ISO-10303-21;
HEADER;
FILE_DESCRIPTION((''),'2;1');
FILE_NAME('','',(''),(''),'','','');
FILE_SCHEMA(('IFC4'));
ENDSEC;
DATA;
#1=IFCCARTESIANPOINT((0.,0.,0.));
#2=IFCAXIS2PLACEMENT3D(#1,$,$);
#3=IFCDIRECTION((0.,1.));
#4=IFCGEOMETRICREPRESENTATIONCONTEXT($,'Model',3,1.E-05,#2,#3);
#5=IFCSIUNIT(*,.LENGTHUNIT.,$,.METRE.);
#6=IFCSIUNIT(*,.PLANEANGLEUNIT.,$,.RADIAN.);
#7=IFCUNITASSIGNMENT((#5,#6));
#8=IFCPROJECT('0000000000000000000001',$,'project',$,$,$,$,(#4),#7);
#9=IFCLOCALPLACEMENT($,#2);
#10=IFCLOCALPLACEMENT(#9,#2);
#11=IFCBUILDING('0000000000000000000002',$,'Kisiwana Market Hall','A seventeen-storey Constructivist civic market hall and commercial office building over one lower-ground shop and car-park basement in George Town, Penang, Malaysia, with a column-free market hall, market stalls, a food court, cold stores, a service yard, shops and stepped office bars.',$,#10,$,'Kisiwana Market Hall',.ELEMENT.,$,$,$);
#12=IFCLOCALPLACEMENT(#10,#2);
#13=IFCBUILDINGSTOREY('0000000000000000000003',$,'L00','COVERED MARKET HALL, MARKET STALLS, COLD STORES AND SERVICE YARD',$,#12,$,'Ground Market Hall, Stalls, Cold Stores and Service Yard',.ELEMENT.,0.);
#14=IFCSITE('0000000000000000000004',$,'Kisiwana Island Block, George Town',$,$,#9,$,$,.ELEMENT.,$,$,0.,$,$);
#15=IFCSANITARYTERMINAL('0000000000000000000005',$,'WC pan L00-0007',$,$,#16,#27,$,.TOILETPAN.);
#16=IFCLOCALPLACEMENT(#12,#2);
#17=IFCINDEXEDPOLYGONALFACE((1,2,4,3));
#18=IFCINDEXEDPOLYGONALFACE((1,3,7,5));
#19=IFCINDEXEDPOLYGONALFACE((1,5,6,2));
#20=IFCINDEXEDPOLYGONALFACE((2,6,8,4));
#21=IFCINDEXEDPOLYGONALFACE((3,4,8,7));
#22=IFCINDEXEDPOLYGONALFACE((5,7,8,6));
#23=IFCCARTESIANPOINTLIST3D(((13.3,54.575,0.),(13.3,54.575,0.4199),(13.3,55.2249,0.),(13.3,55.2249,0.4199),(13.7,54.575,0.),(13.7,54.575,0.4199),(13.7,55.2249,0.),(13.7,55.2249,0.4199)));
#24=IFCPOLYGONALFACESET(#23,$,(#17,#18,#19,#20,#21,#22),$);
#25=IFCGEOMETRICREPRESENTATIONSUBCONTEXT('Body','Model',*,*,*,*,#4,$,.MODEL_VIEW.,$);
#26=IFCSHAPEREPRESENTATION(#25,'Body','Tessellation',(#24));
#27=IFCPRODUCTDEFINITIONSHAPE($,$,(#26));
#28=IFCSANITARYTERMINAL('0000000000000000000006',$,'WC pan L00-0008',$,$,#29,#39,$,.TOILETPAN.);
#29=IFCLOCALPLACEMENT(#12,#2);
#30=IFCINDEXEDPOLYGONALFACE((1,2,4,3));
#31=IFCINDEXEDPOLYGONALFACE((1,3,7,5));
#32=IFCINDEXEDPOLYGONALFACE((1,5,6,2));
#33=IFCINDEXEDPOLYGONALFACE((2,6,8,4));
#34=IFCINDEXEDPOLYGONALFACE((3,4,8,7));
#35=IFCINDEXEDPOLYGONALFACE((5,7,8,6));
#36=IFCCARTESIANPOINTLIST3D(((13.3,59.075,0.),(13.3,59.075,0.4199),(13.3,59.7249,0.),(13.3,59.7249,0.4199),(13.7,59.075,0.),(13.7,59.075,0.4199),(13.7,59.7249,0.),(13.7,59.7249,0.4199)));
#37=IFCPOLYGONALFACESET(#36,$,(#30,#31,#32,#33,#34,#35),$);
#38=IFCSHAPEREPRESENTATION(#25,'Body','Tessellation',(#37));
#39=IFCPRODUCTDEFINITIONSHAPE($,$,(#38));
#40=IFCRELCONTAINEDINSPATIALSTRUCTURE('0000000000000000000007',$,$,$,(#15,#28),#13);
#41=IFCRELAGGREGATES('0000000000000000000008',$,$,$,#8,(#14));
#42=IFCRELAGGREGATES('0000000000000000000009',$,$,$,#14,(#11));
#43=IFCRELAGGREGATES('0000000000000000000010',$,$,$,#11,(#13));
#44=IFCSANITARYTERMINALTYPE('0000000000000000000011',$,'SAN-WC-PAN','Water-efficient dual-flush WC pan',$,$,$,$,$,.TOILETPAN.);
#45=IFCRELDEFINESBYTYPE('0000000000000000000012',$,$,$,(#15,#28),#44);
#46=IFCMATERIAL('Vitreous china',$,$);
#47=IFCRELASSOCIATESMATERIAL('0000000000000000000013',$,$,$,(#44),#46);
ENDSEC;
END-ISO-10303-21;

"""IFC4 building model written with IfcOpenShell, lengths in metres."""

from ifc_helpers import new_model, si_unit, direction, frame, origin, origin_2d, place, context, subcontext, project, spatial, rectangle, extrude, material, type_object, element, save


model = new_model("IFC4")

# Units and contexts
model_context = context("Model", 3, precision=1e-05, world=origin(), true_north=direction((0.0, 1.0)))
body_context = subcontext(model_context, "Body", "Model", "MODEL_VIEW")
ifc_project = project(units=[si_unit("LENGTHUNIT", "METRE"), si_unit("PLANEANGLEUNIT", "RADIAN")], contexts=[model_context])

# Site, building, storey
site_placement = place(None, origin())
site = spatial("IfcSite", under=ifc_project, at=site_placement, Name="Kisiwana Island Block, George Town", CompositionType="ELEMENT", RefElevation=0.0)
building_placement = place(site_placement, origin())
building = spatial("IfcBuilding", under=site, at=building_placement, Name="Kisiwana Market Hall", Description="A seventeen-storey Constructivist civic market hall and commercial office building over one lower-ground shop and car-park basement in George Town, Penang, Malaysia, with a column-free market hall, market stalls, a food court, cold stores, a service yard, shops and stepped office bars.", LongName="Kisiwana Market Hall", CompositionType="ELEMENT")
storey_placement = place(building_placement, origin())
storey = spatial("IfcBuildingStorey", under=building, at=storey_placement, Name="L00", Description="COVERED MARKET HALL, MARKET STALLS, COLD STORES AND SERVICE YARD", LongName="Ground Market Hall, Stalls, Cold Stores and Service Yard", CompositionType="ELEMENT", Elevation=0.0)

# Sanitary terminals
ifc_material_1 = material(Name="Vitreous china")
sanitary_terminal_type_1 = type_object("IfcSanitaryTerminalType", Name="SAN-WC-PAN", Description="Water-efficient dual-flush WC pan", PredefinedType="TOILETPAN", material=ifc_material_1)
for number, where, z_axis, x_axis, name in (
    (1, (13.5, 54.8999, 0.0), (0.0, 0.0, 1.0), (1.0, 0.0, 0.0), "WC pan L00-0007"),
    (2, (13.5, 59.3999, 0.0), (0.0, 0.0, 1.0), (1.0, 0.0, 0.0), "WC pan L00-0008"),
):
    element("IfcSanitaryTerminal", number, at=place(storey_placement, frame(where, z_axis=z_axis, x_axis=x_axis)), inside=storey, type_object=sanitary_terminal_type_1, Name=name, PredefinedType="TOILETPAN", context=body_context, shape_type="SweptSolid", body=[
        extrude(rectangle(XDim=0.3999, YDim=0.6499, at=origin_2d()), origin(), (0.0, 0.0, 1.0), 0.4199),
    ])

save(model, "model.ifc")
